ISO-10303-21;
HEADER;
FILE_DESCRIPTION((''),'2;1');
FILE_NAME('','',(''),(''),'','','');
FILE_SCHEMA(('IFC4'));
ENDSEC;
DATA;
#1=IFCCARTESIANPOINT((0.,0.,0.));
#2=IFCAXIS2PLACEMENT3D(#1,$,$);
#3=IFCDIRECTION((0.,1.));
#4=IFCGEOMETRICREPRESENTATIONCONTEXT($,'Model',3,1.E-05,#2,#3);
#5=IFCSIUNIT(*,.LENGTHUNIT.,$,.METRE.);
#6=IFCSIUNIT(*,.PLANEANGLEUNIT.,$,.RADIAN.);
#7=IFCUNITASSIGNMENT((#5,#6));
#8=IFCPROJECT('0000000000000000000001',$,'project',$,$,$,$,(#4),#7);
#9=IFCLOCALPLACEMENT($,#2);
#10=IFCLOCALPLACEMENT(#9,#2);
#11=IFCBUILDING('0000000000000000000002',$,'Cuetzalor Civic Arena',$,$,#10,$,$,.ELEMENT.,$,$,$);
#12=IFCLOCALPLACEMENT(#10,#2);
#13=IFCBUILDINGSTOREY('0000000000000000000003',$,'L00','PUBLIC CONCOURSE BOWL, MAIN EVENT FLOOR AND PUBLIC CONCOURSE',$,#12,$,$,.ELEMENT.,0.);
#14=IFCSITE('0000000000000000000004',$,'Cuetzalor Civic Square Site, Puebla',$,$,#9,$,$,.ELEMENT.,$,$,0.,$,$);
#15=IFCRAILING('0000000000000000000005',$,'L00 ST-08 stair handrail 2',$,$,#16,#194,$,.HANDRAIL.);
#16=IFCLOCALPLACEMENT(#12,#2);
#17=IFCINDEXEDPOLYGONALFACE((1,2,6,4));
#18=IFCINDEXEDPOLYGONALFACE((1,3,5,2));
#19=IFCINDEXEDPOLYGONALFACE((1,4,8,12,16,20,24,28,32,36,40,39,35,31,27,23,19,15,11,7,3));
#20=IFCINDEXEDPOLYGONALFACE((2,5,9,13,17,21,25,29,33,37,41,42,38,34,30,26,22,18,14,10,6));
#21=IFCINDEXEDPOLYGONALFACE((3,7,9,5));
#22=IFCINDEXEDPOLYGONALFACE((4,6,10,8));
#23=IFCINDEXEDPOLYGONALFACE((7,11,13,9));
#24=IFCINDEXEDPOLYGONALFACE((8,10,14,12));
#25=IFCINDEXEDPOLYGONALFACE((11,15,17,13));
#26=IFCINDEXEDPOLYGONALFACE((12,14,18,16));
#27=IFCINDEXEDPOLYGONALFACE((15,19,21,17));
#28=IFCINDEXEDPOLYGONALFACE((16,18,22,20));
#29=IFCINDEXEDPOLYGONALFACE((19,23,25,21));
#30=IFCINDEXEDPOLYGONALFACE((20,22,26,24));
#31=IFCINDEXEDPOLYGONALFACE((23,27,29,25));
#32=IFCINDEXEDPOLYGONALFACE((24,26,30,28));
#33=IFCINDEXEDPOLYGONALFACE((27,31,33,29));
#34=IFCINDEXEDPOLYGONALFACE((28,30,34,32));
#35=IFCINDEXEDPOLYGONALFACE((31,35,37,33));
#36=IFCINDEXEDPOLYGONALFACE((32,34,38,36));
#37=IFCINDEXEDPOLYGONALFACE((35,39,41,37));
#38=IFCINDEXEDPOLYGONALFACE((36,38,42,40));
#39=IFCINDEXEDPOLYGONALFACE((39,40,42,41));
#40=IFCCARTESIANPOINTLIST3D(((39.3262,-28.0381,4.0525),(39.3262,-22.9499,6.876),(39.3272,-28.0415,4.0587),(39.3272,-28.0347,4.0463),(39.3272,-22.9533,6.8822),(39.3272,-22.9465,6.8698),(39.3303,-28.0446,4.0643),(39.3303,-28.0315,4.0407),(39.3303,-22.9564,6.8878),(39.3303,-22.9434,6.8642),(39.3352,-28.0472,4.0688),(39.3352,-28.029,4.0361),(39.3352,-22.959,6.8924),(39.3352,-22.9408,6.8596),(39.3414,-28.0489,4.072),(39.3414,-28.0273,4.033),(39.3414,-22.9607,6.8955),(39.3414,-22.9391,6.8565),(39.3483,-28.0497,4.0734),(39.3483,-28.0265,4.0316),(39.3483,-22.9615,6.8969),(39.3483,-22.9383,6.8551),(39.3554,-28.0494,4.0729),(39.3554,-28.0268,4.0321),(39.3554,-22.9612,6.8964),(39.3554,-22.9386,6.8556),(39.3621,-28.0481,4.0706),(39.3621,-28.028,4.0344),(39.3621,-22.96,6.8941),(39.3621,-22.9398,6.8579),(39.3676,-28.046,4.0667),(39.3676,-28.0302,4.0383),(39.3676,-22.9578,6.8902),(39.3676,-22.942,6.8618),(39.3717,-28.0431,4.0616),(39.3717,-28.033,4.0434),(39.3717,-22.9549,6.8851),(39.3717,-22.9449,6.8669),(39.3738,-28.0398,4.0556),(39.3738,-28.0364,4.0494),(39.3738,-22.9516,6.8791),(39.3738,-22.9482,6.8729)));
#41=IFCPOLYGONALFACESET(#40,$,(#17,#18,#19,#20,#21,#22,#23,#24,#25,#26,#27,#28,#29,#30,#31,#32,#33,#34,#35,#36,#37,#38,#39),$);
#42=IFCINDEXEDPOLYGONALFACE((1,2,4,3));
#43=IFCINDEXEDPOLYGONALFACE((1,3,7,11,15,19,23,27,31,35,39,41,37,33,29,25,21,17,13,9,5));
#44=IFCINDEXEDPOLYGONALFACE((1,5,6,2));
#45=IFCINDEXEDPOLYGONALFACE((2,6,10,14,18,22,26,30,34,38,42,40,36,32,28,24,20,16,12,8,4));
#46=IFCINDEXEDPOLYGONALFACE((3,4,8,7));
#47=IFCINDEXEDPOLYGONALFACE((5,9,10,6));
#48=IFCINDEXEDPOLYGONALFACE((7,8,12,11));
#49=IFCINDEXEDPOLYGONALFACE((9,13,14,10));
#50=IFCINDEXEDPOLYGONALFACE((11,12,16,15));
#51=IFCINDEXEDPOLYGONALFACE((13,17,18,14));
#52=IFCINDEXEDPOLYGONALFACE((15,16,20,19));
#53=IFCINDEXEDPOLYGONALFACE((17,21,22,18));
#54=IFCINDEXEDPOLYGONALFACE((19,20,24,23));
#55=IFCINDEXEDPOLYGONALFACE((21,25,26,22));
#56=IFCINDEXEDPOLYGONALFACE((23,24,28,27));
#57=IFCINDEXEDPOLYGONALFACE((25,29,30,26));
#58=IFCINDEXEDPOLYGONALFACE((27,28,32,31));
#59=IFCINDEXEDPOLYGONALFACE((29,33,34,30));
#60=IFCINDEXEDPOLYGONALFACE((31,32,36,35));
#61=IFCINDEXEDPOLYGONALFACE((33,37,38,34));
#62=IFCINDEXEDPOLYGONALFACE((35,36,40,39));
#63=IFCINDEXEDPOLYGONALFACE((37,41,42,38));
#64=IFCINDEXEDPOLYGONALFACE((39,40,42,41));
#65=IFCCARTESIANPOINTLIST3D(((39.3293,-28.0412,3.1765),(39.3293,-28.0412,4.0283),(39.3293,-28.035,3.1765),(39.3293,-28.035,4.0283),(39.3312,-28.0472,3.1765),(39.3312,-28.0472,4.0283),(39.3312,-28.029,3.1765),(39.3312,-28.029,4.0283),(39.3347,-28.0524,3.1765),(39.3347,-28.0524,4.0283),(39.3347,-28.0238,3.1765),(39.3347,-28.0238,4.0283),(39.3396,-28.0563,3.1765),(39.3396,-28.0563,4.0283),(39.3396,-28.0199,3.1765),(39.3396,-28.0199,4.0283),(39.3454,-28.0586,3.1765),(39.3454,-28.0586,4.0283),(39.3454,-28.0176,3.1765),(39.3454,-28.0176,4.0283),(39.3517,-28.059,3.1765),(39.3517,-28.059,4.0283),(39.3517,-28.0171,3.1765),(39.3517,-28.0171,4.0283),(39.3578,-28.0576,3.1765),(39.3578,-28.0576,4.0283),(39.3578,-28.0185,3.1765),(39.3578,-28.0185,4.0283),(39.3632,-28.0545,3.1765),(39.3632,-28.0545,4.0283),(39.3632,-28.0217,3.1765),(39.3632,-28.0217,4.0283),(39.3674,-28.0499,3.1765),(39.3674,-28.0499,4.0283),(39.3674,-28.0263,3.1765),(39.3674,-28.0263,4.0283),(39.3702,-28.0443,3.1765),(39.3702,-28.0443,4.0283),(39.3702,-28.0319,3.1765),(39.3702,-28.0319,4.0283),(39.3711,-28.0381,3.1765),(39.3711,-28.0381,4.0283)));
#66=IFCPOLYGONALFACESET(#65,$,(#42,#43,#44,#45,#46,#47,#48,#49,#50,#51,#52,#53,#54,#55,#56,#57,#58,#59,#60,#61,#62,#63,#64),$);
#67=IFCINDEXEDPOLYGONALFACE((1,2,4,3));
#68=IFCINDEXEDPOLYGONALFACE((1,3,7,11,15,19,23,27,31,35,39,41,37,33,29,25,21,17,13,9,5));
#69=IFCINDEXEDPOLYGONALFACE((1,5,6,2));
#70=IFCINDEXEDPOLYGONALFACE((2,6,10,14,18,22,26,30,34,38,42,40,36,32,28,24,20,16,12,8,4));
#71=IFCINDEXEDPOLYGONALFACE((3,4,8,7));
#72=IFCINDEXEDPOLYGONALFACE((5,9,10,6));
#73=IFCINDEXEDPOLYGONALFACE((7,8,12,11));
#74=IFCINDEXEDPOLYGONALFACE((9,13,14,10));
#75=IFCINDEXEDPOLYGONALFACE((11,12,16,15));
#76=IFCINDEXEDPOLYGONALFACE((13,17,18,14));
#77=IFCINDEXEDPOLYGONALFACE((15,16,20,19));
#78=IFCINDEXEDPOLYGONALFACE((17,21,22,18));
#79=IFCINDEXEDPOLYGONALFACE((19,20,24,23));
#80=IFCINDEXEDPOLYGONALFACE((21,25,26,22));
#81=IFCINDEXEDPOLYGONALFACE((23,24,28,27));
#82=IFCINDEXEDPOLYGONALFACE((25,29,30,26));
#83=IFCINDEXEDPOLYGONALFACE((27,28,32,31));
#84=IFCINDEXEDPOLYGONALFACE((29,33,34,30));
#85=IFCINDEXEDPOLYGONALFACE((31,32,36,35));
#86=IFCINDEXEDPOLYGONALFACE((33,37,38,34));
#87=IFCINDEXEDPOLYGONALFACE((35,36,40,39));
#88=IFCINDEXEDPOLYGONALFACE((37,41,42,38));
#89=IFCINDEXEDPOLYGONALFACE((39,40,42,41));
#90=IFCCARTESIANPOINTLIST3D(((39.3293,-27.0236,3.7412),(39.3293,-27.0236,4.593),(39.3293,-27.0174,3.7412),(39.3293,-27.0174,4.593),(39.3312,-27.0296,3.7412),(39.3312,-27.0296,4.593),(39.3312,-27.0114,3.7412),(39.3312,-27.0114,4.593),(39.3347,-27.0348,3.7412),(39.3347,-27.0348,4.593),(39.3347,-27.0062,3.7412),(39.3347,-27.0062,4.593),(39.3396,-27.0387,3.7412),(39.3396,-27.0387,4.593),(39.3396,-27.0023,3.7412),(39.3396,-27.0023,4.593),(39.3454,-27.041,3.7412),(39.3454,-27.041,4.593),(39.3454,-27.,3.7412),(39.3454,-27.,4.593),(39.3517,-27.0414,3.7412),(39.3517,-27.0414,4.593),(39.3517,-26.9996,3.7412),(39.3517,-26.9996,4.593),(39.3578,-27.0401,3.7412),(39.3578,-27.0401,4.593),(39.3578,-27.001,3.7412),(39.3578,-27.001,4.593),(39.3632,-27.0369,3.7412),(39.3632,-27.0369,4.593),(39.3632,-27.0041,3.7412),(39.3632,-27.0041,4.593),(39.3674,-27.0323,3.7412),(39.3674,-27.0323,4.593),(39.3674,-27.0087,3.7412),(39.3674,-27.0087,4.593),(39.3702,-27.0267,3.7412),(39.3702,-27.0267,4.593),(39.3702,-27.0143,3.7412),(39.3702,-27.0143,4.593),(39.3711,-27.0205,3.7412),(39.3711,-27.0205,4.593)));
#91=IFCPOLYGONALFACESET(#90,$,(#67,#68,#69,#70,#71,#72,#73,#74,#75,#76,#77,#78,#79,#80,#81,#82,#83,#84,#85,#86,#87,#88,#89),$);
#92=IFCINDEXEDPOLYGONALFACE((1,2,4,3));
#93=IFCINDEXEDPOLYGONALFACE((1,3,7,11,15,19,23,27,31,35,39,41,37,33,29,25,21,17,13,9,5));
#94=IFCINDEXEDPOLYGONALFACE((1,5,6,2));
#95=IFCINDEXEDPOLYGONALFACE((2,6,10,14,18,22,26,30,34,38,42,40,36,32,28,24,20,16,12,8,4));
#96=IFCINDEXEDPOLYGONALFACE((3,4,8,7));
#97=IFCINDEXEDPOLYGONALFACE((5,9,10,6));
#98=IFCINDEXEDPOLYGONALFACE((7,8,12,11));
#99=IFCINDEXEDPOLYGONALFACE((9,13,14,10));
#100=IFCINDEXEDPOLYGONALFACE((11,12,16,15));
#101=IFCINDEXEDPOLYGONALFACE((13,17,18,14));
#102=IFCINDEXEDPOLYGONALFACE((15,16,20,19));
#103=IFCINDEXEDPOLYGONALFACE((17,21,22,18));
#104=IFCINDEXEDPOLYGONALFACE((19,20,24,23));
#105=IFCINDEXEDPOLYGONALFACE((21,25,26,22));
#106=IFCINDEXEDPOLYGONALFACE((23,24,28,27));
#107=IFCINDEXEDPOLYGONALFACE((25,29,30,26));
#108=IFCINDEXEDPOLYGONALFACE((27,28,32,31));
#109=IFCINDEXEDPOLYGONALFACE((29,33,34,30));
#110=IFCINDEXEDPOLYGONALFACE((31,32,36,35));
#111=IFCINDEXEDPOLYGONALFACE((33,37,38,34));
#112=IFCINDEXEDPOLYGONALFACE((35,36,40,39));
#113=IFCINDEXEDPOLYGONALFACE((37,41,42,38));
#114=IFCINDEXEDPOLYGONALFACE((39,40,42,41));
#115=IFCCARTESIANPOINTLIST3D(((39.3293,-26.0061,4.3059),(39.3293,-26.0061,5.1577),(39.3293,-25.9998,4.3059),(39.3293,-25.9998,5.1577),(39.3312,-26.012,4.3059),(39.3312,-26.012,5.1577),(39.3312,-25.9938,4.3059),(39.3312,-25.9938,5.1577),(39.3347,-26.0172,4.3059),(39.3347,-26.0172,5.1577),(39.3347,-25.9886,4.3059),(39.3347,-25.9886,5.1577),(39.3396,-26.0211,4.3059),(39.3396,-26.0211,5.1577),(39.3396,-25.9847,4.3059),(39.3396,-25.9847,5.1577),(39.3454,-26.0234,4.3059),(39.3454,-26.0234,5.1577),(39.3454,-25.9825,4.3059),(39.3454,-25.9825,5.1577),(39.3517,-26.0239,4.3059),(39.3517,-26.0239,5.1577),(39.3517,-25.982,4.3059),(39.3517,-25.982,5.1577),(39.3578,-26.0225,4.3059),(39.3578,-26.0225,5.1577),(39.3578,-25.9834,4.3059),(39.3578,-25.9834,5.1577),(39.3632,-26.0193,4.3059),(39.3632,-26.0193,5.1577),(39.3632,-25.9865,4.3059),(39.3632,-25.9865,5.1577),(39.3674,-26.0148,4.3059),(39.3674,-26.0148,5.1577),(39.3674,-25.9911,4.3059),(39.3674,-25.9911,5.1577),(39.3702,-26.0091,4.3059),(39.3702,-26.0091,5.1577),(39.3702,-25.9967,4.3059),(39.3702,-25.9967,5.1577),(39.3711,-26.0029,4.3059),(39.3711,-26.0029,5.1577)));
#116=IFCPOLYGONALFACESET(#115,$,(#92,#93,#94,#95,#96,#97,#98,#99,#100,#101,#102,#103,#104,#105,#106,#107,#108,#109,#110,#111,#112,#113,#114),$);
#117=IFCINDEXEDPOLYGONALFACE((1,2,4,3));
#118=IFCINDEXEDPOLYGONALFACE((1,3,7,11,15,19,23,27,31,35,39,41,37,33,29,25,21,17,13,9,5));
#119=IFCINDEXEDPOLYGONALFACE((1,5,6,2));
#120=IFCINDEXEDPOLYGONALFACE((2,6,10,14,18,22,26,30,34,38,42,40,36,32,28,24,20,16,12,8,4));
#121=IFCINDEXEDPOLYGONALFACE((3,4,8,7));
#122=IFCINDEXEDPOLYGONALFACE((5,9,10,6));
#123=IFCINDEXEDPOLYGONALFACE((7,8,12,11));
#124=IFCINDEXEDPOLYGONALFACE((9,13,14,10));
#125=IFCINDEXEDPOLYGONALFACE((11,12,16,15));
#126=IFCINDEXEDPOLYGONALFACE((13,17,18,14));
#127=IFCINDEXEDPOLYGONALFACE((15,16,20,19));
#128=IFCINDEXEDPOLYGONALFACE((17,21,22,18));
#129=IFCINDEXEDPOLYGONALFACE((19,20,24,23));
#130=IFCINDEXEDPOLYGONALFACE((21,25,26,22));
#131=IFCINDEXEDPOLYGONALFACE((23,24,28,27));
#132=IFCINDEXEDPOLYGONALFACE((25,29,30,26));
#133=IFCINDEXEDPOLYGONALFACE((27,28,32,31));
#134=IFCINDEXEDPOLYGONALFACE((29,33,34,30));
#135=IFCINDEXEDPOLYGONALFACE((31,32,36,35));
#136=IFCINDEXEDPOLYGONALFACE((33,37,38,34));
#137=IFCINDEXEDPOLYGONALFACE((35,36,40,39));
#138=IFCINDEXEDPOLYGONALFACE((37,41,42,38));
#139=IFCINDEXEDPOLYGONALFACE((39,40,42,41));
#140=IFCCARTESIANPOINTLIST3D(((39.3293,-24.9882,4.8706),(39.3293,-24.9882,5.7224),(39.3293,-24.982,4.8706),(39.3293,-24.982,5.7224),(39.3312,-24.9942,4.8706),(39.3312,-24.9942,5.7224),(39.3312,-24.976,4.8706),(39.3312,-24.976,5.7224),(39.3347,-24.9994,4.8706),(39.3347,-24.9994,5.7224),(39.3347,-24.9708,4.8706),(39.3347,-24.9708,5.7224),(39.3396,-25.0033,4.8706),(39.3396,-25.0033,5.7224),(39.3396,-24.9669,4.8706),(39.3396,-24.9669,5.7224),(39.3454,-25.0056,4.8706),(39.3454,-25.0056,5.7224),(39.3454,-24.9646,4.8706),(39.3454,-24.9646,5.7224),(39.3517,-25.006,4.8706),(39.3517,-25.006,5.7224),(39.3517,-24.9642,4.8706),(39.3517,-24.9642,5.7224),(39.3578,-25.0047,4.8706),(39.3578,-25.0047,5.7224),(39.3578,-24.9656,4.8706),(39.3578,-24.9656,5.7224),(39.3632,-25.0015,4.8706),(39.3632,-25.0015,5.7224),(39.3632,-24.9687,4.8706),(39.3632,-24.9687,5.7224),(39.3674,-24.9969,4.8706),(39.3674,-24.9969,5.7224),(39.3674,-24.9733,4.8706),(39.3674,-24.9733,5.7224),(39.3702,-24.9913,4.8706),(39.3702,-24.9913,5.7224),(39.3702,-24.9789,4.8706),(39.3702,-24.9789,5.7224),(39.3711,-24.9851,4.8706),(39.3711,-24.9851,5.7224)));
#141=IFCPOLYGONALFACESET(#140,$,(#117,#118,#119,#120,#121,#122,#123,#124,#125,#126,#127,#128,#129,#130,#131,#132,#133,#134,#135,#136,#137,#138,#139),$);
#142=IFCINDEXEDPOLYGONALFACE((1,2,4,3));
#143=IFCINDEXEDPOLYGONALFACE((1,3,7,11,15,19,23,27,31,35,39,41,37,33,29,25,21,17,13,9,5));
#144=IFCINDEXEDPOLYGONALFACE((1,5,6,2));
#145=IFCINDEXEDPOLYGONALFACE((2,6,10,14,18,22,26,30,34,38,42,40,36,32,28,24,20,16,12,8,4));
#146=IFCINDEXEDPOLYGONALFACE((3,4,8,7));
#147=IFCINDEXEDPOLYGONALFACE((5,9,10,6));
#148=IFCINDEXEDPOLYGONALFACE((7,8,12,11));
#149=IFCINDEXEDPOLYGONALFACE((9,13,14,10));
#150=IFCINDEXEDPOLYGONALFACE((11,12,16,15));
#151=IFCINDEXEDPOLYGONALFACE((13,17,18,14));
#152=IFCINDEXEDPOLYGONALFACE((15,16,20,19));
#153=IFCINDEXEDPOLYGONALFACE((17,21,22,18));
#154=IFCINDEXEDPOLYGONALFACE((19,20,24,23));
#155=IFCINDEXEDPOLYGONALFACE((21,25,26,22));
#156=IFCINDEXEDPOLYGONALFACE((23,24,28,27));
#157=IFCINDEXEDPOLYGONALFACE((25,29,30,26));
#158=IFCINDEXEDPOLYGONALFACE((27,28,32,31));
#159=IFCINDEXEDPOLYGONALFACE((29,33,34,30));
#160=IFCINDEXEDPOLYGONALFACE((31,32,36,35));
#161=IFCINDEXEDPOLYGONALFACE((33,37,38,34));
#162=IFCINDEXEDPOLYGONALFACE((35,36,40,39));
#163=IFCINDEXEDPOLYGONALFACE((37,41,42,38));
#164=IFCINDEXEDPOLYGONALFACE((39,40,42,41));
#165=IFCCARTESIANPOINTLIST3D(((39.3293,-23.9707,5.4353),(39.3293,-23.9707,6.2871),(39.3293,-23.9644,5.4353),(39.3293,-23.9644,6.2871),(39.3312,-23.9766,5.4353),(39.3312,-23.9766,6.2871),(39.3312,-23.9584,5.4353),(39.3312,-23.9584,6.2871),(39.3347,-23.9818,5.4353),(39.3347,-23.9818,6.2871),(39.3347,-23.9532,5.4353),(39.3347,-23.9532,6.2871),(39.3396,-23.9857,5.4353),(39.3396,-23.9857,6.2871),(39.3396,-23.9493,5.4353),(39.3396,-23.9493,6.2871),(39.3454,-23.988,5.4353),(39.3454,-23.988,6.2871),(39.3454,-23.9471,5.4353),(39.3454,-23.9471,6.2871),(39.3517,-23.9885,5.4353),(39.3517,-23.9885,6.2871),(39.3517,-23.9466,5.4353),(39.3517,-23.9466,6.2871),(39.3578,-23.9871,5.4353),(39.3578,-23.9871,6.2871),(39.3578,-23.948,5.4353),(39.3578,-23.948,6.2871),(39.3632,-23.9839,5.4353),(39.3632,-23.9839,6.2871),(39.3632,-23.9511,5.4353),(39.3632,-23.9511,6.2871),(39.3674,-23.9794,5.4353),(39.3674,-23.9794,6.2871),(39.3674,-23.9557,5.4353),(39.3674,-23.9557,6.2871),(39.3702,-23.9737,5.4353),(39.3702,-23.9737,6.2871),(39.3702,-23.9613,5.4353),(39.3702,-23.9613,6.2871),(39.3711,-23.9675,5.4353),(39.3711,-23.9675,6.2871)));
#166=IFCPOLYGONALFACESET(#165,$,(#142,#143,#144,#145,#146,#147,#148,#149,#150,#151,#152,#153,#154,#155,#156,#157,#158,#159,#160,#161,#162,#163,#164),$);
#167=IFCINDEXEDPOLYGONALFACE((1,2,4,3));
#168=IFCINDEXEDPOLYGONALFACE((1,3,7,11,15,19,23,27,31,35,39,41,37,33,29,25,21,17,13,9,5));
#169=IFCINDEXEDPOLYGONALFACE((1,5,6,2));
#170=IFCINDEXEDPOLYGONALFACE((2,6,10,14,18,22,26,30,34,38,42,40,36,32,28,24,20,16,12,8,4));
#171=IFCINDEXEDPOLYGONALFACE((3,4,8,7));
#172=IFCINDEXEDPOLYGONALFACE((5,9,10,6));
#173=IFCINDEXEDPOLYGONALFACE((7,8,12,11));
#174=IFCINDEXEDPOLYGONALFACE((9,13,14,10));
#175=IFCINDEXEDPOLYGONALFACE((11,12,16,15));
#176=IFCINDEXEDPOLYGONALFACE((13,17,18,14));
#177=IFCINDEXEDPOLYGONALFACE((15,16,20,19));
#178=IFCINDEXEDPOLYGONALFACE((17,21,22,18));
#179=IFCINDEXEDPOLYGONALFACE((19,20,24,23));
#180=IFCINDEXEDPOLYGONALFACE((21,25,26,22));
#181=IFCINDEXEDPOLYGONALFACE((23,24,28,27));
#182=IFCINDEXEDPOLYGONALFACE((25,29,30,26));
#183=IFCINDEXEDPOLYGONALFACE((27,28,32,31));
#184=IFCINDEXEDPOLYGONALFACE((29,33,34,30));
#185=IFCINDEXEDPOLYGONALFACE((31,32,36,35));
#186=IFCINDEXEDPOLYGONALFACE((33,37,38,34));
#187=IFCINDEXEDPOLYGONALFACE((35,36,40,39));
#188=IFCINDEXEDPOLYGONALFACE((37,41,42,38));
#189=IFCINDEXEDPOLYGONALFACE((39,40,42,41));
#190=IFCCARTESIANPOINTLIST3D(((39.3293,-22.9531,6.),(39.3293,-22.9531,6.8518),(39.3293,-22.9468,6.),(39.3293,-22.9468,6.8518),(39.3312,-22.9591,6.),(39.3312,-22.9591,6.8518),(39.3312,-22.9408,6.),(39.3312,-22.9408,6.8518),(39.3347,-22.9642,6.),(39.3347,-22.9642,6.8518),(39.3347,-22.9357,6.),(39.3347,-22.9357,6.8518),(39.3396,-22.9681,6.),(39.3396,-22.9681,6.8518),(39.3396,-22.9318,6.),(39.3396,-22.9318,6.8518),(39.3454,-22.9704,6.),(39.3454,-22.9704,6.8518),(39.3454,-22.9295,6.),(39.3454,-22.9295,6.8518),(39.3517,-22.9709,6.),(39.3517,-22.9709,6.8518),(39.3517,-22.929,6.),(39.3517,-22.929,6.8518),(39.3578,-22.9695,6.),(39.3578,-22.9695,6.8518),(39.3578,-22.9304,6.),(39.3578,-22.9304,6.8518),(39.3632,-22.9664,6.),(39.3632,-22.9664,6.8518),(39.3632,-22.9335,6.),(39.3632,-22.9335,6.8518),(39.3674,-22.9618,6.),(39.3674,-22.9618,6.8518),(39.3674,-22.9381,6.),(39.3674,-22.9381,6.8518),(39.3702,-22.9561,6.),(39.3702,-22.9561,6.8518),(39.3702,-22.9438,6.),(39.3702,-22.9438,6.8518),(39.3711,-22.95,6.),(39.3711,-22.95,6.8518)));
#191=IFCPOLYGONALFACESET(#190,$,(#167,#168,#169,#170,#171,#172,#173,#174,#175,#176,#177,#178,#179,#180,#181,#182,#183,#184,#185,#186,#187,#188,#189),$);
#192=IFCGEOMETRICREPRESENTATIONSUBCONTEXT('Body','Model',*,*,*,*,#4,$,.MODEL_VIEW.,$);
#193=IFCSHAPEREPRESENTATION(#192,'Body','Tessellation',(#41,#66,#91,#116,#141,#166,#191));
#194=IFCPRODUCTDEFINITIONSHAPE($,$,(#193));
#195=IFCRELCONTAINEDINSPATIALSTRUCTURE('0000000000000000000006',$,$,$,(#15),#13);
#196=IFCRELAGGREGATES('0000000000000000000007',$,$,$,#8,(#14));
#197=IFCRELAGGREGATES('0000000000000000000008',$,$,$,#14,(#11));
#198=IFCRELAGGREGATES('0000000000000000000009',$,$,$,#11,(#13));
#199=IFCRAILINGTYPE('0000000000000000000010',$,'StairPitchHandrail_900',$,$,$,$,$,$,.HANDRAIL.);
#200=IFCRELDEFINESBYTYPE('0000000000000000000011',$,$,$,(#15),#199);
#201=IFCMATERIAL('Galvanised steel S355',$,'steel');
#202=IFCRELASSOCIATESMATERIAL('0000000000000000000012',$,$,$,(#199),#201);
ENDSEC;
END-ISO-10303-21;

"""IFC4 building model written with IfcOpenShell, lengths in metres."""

from ifc_helpers import new_model, si_unit, direction, frame, origin, origin_2d, place, context, subcontext, project, spatial, circle, extrude, material, type_object, element, save


model = new_model("IFC4")

# Units and contexts
model_context = context("Model", 3, precision=1e-05, world=origin(), true_north=direction((0.0, 1.0)))
body_context = subcontext(model_context, "Body", "Model", "MODEL_VIEW")
ifc_project = project(units=[si_unit("LENGTHUNIT", "METRE"), si_unit("PLANEANGLEUNIT", "RADIAN")], contexts=[model_context])

# Site, building, storey
site_placement = place(None, origin())
site = spatial("IfcSite", under=ifc_project, at=site_placement, Name="Cuetzalor Civic Square Site, Puebla", CompositionType="ELEMENT", RefElevation=0.0)
building_placement = place(site_placement, origin())
building = spatial("IfcBuilding", under=site, at=building_placement, Name="Cuetzalor Civic Arena", CompositionType="ELEMENT")
storey_placement = place(building_placement, origin())
storey = spatial("IfcBuildingStorey", under=building, at=storey_placement, Name="L00", Description="PUBLIC CONCOURSE BOWL, MAIN EVENT FLOOR AND PUBLIC CONCOURSE", CompositionType="ELEMENT", Elevation=0.0)

# Railing
ifc_material_1 = material(Name="Galvanised steel S355", Category="steel")
railing_type_1 = type_object("IfcRailingType", Name="StairPitchHandrail_900", PredefinedType="HANDRAIL", material=ifc_material_1)
railing_1_placement = place(storey_placement, frame((39.3501, -28.0381, 3.1765)))
element("IfcRailing", 1, at=railing_1_placement, inside=storey, type_object=railing_type_1, Name="L00 ST-08 stair handrail 2", PredefinedType="HANDRAIL", context=body_context, shape_type="SweptSolid", body=[
    extrude(circle(Radius=0.0239, at=origin_2d()), frame((0.0, 0.0, 0.876), z_axis=(0.0, 0.874395, 0.485215), x_axis=(-1.0, 0.0, 0.0)), (0.0, 0.0, 1.0), 5.8191),
    extrude(circle(Radius=0.021, at=origin_2d()), origin(), (0.0, 0.0, 1.0), 0.8518),
    extrude(circle(Radius=0.021, at=origin_2d()), frame((0.0, 1.0176, 0.5647)), (0.0, 0.0, 1.0), 0.8518),
    extrude(circle(Radius=0.021, at=origin_2d()), frame((0.0, 2.0352, 1.1294)), (0.0, 0.0, 1.0), 0.8518),
    extrude(circle(Radius=0.021, at=origin_2d()), frame((0.0, 3.053, 1.6941)), (0.0, 0.0, 1.0), 0.8518),
    extrude(circle(Radius=0.021, at=origin_2d()), frame((0.0, 4.0706, 2.2588)), (0.0, 0.0, 1.0), 0.8518),
    extrude(circle(Radius=0.021, at=origin_2d()), frame((0.0, 5.0881, 2.8235)), (0.0, 0.0, 1.0), 0.8518),
])

save(model, "model.ifc")
